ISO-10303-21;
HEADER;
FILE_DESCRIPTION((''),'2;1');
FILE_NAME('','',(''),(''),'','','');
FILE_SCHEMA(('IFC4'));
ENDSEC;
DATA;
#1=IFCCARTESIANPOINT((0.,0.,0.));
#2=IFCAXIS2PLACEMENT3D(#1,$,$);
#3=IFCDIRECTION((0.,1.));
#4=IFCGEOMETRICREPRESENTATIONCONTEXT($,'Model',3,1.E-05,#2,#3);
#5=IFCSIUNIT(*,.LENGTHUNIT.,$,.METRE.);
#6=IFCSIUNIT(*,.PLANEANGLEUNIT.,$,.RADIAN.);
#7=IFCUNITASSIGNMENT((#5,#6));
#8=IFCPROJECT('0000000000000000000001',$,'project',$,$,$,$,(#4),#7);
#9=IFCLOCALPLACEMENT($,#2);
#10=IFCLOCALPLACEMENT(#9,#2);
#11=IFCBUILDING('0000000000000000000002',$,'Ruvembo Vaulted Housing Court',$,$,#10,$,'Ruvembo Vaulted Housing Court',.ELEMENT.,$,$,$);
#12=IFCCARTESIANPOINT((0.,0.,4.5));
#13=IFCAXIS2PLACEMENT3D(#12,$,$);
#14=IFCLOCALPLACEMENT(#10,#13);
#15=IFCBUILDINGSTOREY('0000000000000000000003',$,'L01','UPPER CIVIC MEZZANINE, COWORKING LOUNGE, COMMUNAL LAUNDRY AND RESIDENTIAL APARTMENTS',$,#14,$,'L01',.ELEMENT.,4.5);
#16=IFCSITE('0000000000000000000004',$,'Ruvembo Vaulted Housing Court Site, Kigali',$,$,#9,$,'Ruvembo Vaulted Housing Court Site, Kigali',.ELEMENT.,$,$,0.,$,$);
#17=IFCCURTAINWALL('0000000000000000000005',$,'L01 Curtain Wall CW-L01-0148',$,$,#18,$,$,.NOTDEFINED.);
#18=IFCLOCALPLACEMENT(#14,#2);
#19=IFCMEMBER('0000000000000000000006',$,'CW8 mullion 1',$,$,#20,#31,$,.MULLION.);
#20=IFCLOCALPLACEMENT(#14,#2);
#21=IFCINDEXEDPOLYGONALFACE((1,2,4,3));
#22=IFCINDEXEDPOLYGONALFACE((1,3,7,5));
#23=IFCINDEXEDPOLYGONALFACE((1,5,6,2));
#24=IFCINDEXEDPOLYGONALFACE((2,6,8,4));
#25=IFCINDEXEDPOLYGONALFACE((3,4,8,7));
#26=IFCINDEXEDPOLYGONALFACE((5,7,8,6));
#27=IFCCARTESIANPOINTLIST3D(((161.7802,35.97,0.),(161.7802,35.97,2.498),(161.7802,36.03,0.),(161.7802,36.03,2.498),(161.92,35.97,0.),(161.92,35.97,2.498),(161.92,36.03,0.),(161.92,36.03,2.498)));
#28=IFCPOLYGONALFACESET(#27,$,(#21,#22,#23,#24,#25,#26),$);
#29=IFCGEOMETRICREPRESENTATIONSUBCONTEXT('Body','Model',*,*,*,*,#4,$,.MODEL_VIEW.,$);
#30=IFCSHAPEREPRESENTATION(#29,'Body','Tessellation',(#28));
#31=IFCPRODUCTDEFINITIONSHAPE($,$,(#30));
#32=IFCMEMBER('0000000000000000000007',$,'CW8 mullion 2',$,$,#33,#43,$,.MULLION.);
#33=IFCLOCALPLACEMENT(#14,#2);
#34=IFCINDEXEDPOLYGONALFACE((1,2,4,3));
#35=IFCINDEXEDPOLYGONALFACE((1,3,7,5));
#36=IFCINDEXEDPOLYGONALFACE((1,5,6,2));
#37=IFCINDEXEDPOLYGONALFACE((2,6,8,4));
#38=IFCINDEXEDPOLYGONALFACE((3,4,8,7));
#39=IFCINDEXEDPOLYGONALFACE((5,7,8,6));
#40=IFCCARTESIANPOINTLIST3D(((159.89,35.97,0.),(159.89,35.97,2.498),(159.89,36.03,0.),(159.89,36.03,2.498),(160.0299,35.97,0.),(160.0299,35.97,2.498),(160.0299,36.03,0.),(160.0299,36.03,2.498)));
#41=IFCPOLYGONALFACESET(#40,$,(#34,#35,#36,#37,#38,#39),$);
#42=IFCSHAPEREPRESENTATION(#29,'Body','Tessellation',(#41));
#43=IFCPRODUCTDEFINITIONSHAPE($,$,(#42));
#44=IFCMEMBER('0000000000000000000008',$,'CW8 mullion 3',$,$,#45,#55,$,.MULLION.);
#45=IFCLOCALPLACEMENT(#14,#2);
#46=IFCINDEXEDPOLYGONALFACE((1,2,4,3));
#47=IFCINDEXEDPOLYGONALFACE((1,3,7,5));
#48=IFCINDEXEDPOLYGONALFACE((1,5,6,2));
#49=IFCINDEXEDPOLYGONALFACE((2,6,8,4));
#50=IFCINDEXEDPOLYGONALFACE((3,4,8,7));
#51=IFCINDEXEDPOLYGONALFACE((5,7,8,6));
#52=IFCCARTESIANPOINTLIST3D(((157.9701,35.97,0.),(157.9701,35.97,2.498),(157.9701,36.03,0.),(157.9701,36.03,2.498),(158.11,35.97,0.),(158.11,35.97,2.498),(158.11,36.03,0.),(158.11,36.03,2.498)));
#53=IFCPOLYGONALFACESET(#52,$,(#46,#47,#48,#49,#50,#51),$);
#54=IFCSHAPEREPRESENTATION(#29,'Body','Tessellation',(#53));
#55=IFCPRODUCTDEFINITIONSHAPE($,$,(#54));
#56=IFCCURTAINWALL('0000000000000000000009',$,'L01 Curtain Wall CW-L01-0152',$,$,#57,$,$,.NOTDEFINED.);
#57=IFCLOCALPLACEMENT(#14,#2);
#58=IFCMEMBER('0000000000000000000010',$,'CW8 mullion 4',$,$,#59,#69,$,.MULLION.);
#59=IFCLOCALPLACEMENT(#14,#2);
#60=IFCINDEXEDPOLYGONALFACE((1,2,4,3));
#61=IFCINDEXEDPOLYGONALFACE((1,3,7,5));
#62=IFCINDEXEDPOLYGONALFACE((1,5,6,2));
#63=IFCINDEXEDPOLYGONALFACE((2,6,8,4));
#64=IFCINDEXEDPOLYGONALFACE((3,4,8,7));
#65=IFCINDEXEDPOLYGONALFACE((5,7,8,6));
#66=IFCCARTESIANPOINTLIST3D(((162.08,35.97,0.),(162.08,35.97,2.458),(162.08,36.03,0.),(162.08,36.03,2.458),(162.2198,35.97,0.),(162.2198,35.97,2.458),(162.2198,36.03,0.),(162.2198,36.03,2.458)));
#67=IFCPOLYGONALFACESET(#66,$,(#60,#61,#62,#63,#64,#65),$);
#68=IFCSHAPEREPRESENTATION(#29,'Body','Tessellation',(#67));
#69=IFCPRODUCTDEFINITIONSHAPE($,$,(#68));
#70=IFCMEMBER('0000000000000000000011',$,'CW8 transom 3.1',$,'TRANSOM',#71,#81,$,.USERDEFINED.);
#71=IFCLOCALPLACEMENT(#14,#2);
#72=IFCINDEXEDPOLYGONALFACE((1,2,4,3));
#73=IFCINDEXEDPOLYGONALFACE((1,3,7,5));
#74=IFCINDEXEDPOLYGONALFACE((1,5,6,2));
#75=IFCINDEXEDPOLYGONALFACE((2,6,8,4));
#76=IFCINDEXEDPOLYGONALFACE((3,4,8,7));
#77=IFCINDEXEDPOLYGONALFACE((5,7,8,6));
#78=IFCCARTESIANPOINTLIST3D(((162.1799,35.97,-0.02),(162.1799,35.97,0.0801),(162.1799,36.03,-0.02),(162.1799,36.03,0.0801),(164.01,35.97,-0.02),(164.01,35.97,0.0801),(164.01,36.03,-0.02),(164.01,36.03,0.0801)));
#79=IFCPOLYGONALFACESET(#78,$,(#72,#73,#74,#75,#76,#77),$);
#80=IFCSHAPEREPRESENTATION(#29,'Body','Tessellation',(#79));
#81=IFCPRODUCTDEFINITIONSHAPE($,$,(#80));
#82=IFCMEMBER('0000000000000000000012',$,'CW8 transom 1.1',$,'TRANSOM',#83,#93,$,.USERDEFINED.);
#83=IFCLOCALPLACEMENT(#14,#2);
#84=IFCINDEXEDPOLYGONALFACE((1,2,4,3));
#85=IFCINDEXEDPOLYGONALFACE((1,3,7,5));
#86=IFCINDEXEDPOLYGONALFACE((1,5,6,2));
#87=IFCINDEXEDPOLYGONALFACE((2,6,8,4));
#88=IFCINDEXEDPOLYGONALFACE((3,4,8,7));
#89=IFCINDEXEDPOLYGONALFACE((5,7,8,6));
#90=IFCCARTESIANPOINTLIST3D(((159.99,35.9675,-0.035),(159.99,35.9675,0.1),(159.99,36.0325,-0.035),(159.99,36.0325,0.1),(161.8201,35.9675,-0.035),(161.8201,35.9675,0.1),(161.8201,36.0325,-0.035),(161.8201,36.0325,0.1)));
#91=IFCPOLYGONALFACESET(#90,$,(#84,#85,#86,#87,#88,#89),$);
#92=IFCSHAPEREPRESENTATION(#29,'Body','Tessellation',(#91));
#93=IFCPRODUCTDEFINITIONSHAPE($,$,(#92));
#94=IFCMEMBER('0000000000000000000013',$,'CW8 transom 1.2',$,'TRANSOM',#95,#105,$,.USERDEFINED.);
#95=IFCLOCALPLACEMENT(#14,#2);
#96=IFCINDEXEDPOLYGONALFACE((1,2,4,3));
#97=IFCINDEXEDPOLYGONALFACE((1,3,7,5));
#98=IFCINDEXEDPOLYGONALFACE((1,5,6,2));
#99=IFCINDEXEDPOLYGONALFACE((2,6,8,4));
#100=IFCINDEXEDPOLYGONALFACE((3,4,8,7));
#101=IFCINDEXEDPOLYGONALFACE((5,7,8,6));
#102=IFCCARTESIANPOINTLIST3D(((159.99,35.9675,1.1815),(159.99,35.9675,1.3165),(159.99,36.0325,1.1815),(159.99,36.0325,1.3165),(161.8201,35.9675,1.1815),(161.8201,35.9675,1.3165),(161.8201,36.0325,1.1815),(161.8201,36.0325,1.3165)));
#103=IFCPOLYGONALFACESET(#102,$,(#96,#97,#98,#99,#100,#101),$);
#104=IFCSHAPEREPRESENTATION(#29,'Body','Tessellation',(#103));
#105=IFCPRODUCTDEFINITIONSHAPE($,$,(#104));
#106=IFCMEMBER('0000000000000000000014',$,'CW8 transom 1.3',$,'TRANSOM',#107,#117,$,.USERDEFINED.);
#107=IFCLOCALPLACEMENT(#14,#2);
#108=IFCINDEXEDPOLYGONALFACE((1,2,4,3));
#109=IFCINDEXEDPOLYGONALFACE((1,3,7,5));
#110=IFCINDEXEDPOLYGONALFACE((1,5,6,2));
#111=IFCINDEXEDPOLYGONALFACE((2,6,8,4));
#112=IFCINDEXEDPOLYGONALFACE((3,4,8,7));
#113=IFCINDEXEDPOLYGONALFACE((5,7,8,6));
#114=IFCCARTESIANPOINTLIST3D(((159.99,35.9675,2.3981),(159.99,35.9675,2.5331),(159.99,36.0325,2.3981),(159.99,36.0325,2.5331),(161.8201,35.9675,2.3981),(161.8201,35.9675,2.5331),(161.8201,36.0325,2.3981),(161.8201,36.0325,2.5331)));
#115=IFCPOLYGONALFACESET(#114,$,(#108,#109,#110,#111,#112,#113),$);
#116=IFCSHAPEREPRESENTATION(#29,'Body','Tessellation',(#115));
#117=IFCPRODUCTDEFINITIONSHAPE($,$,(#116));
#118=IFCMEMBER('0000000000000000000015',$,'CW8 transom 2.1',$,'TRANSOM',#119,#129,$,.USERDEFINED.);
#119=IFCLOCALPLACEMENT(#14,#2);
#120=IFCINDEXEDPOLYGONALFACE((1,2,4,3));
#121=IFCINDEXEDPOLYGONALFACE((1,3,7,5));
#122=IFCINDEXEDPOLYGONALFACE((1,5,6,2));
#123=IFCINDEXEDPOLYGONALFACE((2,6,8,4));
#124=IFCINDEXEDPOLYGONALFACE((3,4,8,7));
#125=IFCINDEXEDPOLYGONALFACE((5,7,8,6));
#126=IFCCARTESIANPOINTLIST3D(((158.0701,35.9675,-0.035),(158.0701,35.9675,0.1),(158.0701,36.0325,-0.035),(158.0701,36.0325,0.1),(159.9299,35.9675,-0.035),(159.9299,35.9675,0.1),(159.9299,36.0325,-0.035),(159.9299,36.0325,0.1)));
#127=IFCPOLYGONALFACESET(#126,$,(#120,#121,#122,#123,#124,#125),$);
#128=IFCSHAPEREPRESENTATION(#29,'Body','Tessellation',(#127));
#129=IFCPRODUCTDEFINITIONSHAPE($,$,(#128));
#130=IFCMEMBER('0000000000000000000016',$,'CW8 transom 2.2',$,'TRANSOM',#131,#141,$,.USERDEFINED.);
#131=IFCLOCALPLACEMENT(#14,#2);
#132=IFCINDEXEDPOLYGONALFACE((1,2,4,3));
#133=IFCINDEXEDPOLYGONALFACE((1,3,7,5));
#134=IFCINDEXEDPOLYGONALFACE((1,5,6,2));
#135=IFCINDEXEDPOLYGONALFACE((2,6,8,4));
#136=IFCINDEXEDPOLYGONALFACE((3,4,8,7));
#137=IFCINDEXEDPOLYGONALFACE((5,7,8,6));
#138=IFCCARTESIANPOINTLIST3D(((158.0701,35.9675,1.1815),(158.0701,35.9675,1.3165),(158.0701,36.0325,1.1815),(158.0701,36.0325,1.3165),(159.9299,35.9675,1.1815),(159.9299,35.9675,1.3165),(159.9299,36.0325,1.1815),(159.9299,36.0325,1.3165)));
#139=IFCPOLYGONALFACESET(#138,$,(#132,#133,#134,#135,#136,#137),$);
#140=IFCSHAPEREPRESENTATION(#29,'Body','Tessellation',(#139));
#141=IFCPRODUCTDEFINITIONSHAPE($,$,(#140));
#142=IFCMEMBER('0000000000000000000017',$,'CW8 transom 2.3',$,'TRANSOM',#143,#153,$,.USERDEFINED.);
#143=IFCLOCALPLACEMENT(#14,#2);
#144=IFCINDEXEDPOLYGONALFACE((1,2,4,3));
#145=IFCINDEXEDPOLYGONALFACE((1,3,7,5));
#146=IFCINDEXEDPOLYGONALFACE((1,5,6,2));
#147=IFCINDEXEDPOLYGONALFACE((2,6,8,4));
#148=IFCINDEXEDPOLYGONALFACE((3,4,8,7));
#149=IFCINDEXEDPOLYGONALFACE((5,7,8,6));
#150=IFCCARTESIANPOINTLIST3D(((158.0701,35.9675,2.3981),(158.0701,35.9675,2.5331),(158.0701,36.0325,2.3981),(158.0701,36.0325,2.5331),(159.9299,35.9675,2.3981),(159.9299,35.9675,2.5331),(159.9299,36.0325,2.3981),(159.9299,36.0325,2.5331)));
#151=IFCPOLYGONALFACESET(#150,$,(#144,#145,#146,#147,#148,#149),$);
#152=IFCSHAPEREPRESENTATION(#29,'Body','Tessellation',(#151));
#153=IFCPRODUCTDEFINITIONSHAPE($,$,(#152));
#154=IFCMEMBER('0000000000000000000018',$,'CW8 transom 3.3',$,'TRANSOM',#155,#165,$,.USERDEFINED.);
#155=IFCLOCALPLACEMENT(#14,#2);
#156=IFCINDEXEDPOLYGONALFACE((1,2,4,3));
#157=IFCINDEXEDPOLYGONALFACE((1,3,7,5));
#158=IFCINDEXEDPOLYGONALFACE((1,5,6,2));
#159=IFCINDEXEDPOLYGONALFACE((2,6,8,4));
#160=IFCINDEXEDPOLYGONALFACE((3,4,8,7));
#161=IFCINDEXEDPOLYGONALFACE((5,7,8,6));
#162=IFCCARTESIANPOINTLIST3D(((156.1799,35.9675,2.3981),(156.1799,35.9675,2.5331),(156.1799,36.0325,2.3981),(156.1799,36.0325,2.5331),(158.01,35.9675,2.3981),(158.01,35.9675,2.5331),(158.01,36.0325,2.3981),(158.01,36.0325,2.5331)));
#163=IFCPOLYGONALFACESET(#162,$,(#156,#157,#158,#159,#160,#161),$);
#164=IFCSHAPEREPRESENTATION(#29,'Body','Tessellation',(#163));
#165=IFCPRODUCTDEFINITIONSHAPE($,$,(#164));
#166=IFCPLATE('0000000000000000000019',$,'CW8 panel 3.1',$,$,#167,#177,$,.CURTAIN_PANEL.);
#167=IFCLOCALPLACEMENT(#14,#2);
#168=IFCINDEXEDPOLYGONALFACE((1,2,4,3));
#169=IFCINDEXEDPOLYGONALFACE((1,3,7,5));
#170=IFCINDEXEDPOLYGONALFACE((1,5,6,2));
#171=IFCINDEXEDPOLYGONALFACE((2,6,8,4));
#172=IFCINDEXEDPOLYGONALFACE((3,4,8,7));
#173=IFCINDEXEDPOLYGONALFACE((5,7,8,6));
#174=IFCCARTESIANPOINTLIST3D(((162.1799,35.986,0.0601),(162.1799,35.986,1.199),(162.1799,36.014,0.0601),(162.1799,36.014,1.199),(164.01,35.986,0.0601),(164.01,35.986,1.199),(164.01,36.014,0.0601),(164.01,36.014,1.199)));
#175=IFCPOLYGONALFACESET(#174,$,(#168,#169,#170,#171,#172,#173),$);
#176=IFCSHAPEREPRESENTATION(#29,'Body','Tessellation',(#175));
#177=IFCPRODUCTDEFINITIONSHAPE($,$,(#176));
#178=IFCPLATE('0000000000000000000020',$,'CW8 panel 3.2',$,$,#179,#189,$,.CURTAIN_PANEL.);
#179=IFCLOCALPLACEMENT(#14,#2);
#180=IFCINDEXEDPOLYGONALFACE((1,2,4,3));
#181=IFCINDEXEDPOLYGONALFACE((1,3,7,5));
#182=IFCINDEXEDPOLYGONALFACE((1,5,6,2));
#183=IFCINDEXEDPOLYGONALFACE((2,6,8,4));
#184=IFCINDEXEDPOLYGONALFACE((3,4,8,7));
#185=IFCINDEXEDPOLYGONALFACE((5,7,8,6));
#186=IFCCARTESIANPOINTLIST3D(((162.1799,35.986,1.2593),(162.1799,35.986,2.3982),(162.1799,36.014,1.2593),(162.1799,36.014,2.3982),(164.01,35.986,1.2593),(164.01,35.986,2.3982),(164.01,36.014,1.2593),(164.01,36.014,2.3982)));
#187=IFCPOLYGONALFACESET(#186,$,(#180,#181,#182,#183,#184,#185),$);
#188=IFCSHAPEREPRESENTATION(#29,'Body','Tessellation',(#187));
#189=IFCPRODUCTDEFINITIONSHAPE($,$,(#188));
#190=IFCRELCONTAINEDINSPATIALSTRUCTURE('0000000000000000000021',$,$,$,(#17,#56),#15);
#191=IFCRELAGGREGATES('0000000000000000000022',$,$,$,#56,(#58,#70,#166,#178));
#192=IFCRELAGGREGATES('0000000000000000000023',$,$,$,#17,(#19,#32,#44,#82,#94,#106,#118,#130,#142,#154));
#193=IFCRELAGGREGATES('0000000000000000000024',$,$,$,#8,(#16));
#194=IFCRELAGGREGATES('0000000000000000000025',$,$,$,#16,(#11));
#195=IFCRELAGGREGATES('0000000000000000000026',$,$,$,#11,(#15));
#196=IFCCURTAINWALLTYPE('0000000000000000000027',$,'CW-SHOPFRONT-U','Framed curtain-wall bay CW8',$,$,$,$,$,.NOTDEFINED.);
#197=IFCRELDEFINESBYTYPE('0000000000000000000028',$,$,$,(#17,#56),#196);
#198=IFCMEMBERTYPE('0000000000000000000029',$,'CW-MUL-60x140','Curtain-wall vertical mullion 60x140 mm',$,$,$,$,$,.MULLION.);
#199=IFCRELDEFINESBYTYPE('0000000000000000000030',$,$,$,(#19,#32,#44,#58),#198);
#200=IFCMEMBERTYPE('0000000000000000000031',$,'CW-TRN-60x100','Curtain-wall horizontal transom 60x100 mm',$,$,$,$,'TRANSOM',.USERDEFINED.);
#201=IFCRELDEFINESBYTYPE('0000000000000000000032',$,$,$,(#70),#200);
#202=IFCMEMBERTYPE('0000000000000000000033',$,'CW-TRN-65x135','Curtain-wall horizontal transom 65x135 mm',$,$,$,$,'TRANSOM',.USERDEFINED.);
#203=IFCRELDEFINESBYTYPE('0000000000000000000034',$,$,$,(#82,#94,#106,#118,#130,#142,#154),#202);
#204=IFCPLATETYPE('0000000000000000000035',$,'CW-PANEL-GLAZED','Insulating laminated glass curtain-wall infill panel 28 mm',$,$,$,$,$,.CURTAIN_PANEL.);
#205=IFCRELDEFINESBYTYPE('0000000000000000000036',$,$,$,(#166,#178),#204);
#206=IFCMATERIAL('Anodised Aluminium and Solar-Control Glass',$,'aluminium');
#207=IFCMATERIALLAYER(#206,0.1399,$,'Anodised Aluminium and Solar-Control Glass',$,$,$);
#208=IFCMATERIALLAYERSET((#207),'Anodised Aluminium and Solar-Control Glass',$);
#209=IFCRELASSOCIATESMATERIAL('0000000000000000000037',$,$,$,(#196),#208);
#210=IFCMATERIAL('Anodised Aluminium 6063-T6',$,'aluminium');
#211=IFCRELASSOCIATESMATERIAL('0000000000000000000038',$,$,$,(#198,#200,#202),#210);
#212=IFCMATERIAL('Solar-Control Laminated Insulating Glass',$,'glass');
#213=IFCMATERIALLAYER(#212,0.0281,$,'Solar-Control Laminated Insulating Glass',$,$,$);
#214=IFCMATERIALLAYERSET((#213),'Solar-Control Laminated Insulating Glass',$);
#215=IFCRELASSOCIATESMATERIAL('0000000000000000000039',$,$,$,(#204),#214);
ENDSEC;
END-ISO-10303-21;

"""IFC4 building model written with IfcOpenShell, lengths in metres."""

from ifc_helpers import new_model, si_unit, direction, frame, origin, origin_2d, place, context, subcontext, project, spatial, rectangle, extrude, material, layer, layer_set, material_profile, profile_set, type_object, element, aggregate, save


model = new_model("IFC4")

# Units and contexts
model_context = context("Model", 3, precision=1e-05, world=origin(), true_north=direction((0.0, 1.0)))
body_context = subcontext(model_context, "Body", "Model", "MODEL_VIEW")
ifc_project = project(units=[si_unit("LENGTHUNIT", "METRE"), si_unit("PLANEANGLEUNIT", "RADIAN")], contexts=[model_context])

# Site, building, storey
site_placement = place(None, origin())
site = spatial("IfcSite", under=ifc_project, at=site_placement, Name="Ruvembo Vaulted Housing Court Site, Kigali", LongName="Ruvembo Vaulted Housing Court Site, Kigali", CompositionType="ELEMENT", RefElevation=0.0)
building_placement = place(site_placement, origin())
building = spatial("IfcBuilding", under=site, at=building_placement, Name="Ruvembo Vaulted Housing Court", LongName="Ruvembo Vaulted Housing Court", CompositionType="ELEMENT")
storey_placement = place(building_placement, frame((0.0, 0.0, 4.5)))
storey = spatial("IfcBuildingStorey", under=building, at=storey_placement, Name="L01", Description="UPPER CIVIC MEZZANINE, COWORKING LOUNGE, COMMUNAL LAUNDRY AND RESIDENTIAL APARTMENTS", LongName="L01", CompositionType="ELEMENT", Elevation=4.5)

# Curtain walls, members
ifc_material_1 = material(Name="Anodised Aluminium and Solar-Control Glass", Category="aluminium")
ifc_layer_1 = layer(ifc_material_1, 0.1399, Name="Anodised Aluminium and Solar-Control Glass")
ifc_layer_set_1 = layer_set([ifc_layer_1], Name="Anodised Aluminium and Solar-Control Glass")
curtain_wall_type = type_object("IfcCurtainWallType", Name="CW-SHOPFRONT-U", Description="Framed curtain-wall bay CW8", PredefinedType="NOTDEFINED", material=ifc_layer_set_1)
curtain_wall_1_placement = place(storey_placement, origin())
curtain_wall_1 = element("IfcCurtainWall", 1, at=curtain_wall_1_placement, inside=storey, type_object=curtain_wall_type, Name="L01 Curtain Wall CW-L01-0148", PredefinedType="NOTDEFINED")
ifc_material_2 = material(Name="Anodised Aluminium 6063-T6", Category="aluminium")
ifc_material_profile_1 = material_profile(ifc_material_2, rectangle(XDim=0.0601, YDim=0.1399, at=origin_2d()), Name="ALU 60x140")
ifc_profile_set_1 = profile_set([ifc_material_profile_1], Name="Anodised Aluminium 6063-T6")
member_type_1 = type_object("IfcMemberType", Name="CW-MUL-60x140", Description="Curtain-wall vertical mullion 60x140 mm", PredefinedType="MULLION", material=ifc_profile_set_1)
member_1_placement = place(storey_placement, frame((161.8501, 36.0, 0.0), z_axis=(0.0, 0.0, 1.0), x_axis=(0.0, -1.0, 0.0)))
member_1 = element("IfcMember", 2, at=member_1_placement, type_object=member_type_1, Name="CW8 mullion 1", PredefinedType="MULLION", context=body_context, shape_type="SweptSolid", body=[
    extrude(rectangle(XDim=0.0601, YDim=0.1399, at=origin_2d()), origin(), (0.0, 0.0, 1.0), 2.498),
])
member_2_placement = place(storey_placement, frame((159.96, 36.0, 0.0), z_axis=(0.0, 0.0, 1.0), x_axis=(0.0, -1.0, 0.0)))
member_2 = element("IfcMember", 3, at=member_2_placement, type_object=member_type_1, Name="CW8 mullion 2", PredefinedType="MULLION", context=body_context, shape_type="SweptSolid", body=[
    extrude(rectangle(XDim=0.0601, YDim=0.1399, at=origin_2d()), origin(), (0.0, 0.0, 1.0), 2.498),
])
member_3_placement = place(storey_placement, frame((158.04, 36.0, 0.0), z_axis=(0.0, 0.0, 1.0), x_axis=(0.0, -1.0, 0.0)))
member_3 = element("IfcMember", 4, at=member_3_placement, type_object=member_type_1, Name="CW8 mullion 3", PredefinedType="MULLION", context=body_context, shape_type="SweptSolid", body=[
    extrude(rectangle(XDim=0.0601, YDim=0.1399, at=origin_2d()), origin(), (0.0, 0.0, 1.0), 2.498),
])
curtain_wall_2_placement = place(storey_placement, origin())
curtain_wall_2 = element("IfcCurtainWall", 5, at=curtain_wall_2_placement, inside=storey, type_object=curtain_wall_type, Name="L01 Curtain Wall CW-L01-0152", PredefinedType="NOTDEFINED")
member_4_placement = place(storey_placement, frame((162.1499, 36.0, 0.0), z_axis=(0.0, 0.0, 1.0), x_axis=(0.0, -1.0, 0.0)))
member_4 = element("IfcMember", 6, at=member_4_placement, type_object=member_type_1, Name="CW8 mullion 4", PredefinedType="MULLION", context=body_context, shape_type="SweptSolid", body=[
    extrude(rectangle(XDim=0.0601, YDim=0.1399, at=origin_2d()), origin(), (0.0, 0.0, 1.0), 2.458),
])
ifc_material_profile_2 = material_profile(ifc_material_2, rectangle(XDim=0.0601, YDim=0.1001, at=origin_2d()), Name="ALU 60x100")
ifc_profile_set_2 = profile_set([ifc_material_profile_2], Name="Anodised Aluminium 6063-T6")
member_type_2 = type_object("IfcMemberType", Name="CW-TRN-60x100", Description="Curtain-wall horizontal transom 60x100 mm", ElementType="TRANSOM", PredefinedType="USERDEFINED", material=ifc_profile_set_2)
member_5_placement = place(storey_placement, frame((164.01, 36.0, 0.03), z_axis=(-1.0, 0.0, 0.0), x_axis=(0.0, -1.0, 0.0)))
member_5 = element("IfcMember", 7, at=member_5_placement, type_object=member_type_2, Name="CW8 transom 3.1", ObjectType="TRANSOM", PredefinedType="USERDEFINED", context=body_context, shape_type="SweptSolid", body=[
    extrude(rectangle(XDim=0.0601, YDim=0.1001, at=origin_2d()), origin(), (0.0, 0.0, 1.0), 1.8301),
])

# Members
ifc_material_profile_3 = material_profile(ifc_material_2, rectangle(XDim=0.0649, YDim=0.135, at=origin_2d()), Name="ALU 65x135")
ifc_profile_set_3 = profile_set([ifc_material_profile_3], Name="Anodised Aluminium 6063-T6")
member_type_3 = type_object("IfcMemberType", Name="CW-TRN-65x135", Description="Curtain-wall horizontal transom 65x135 mm", ElementType="TRANSOM", PredefinedType="USERDEFINED", material=ifc_profile_set_3)
member_6_placement = place(storey_placement, frame((161.8201, 36.0, 0.0325), z_axis=(-1.0, 0.0, 0.0), x_axis=(0.0, -1.0, 0.0)))
member_6 = element("IfcMember", 8, at=member_6_placement, type_object=member_type_3, Name="CW8 transom 1.1", ObjectType="TRANSOM", PredefinedType="USERDEFINED", context=body_context, shape_type="SweptSolid", body=[
    extrude(rectangle(XDim=0.0649, YDim=0.135, at=origin_2d()), origin(), (0.0, 0.0, 1.0), 1.8301),
])
member_7_placement = place(storey_placement, frame((161.8201, 36.0, 1.249), z_axis=(-1.0, 0.0, 0.0), x_axis=(0.0, -1.0, 0.0)))
member_7 = element("IfcMember", 9, at=member_7_placement, type_object=member_type_3, Name="CW8 transom 1.2", ObjectType="TRANSOM", PredefinedType="USERDEFINED", context=body_context, shape_type="SweptSolid", body=[
    extrude(rectangle(XDim=0.0649, YDim=0.135, at=origin_2d()), origin(), (0.0, 0.0, 1.0), 1.8301),
])
member_8_placement = place(storey_placement, frame((161.8201, 36.0, 2.4656), z_axis=(-1.0, 0.0, 0.0), x_axis=(0.0, -1.0, 0.0)))
member_8 = element("IfcMember", 10, at=member_8_placement, type_object=member_type_3, Name="CW8 transom 1.3", ObjectType="TRANSOM", PredefinedType="USERDEFINED", context=body_context, shape_type="SweptSolid", body=[
    extrude(rectangle(XDim=0.0649, YDim=0.135, at=origin_2d()), origin(), (0.0, 0.0, 1.0), 1.8301),
])
member_9_placement = place(storey_placement, frame((159.9299, 36.0, 0.0325), z_axis=(-1.0, 0.0, 0.0), x_axis=(0.0, -1.0, 0.0)))
member_9 = element("IfcMember", 11, at=member_9_placement, type_object=member_type_3, Name="CW8 transom 2.1", ObjectType="TRANSOM", PredefinedType="USERDEFINED", context=body_context, shape_type="SweptSolid", body=[
    extrude(rectangle(XDim=0.0649, YDim=0.135, at=origin_2d()), origin(), (0.0, 0.0, 1.0), 1.8599),
])
member_10_placement = place(storey_placement, frame((159.9299, 36.0, 1.249), z_axis=(-1.0, 0.0, 0.0), x_axis=(0.0, -1.0, 0.0)))
member_10 = element("IfcMember", 12, at=member_10_placement, type_object=member_type_3, Name="CW8 transom 2.2", ObjectType="TRANSOM", PredefinedType="USERDEFINED", context=body_context, shape_type="SweptSolid", body=[
    extrude(rectangle(XDim=0.0649, YDim=0.135, at=origin_2d()), origin(), (0.0, 0.0, 1.0), 1.8599),
])
member_11_placement = place(storey_placement, frame((159.9299, 36.0, 2.4656), z_axis=(-1.0, 0.0, 0.0), x_axis=(0.0, -1.0, 0.0)))
member_11 = element("IfcMember", 13, at=member_11_placement, type_object=member_type_3, Name="CW8 transom 2.3", ObjectType="TRANSOM", PredefinedType="USERDEFINED", context=body_context, shape_type="SweptSolid", body=[
    extrude(rectangle(XDim=0.0649, YDim=0.135, at=origin_2d()), origin(), (0.0, 0.0, 1.0), 1.8599),
])
member_12_placement = place(storey_placement, frame((158.01, 36.0, 2.4656), z_axis=(-1.0, 0.0, 0.0), x_axis=(0.0, -1.0, 0.0)))
member_12 = element("IfcMember", 14, at=member_12_placement, type_object=member_type_3, Name="CW8 transom 3.3", ObjectType="TRANSOM", PredefinedType="USERDEFINED", context=body_context, shape_type="SweptSolid", body=[
    extrude(rectangle(XDim=0.0649, YDim=0.135, at=origin_2d()), origin(), (0.0, 0.0, 1.0), 1.8301),
])

# Plates
ifc_material_3 = material(Name="Solar-Control Laminated Insulating Glass", Category="glass")
ifc_layer_2 = layer(ifc_material_3, 0.0281, Name="Solar-Control Laminated Insulating Glass")
ifc_layer_set_2 = layer_set([ifc_layer_2], Name="Solar-Control Laminated Insulating Glass")
plate_type_1 = type_object("IfcPlateType", Name="CW-PANEL-GLAZED", Description="Insulating laminated glass curtain-wall infill panel 28 mm", PredefinedType="CURTAIN_PANEL", material=ifc_layer_set_2)
plate_1_placement = place(storey_placement, frame((163.095, 36.0, 0.0601), z_axis=(0.0, 0.0, 1.0), x_axis=(-1.0, 0.0, 0.0)))
plate_1 = element("IfcPlate", 15, at=plate_1_placement, type_object=plate_type_1, Name="CW8 panel 3.1", PredefinedType="CURTAIN_PANEL", context=body_context, shape_type="SweptSolid", body=[
    extrude(rectangle(XDim=1.8301, YDim=0.0281, at=origin_2d()), origin(), (0.0, 0.0, 1.0), 1.1389),
])
plate_2_placement = place(storey_placement, frame((163.095, 36.0, 1.2593), z_axis=(0.0, 0.0, 1.0), x_axis=(-1.0, 0.0, 0.0)))
plate_2 = element("IfcPlate", 16, at=plate_2_placement, type_object=plate_type_1, Name="CW8 panel 3.2", PredefinedType="CURTAIN_PANEL", context=body_context, shape_type="SweptSolid", body=[
    extrude(rectangle(XDim=1.8301, YDim=0.0281, at=origin_2d()), origin(), (0.0, 0.0, 1.0), 1.1389),
])
aggregate(curtain_wall_2, [member_4, member_5, plate_1, plate_2])
aggregate(curtain_wall_1, [member_1, member_2, member_3, member_6, member_7, member_8, member_9, member_10, member_11, member_12])

save(model, "model.ifc")
